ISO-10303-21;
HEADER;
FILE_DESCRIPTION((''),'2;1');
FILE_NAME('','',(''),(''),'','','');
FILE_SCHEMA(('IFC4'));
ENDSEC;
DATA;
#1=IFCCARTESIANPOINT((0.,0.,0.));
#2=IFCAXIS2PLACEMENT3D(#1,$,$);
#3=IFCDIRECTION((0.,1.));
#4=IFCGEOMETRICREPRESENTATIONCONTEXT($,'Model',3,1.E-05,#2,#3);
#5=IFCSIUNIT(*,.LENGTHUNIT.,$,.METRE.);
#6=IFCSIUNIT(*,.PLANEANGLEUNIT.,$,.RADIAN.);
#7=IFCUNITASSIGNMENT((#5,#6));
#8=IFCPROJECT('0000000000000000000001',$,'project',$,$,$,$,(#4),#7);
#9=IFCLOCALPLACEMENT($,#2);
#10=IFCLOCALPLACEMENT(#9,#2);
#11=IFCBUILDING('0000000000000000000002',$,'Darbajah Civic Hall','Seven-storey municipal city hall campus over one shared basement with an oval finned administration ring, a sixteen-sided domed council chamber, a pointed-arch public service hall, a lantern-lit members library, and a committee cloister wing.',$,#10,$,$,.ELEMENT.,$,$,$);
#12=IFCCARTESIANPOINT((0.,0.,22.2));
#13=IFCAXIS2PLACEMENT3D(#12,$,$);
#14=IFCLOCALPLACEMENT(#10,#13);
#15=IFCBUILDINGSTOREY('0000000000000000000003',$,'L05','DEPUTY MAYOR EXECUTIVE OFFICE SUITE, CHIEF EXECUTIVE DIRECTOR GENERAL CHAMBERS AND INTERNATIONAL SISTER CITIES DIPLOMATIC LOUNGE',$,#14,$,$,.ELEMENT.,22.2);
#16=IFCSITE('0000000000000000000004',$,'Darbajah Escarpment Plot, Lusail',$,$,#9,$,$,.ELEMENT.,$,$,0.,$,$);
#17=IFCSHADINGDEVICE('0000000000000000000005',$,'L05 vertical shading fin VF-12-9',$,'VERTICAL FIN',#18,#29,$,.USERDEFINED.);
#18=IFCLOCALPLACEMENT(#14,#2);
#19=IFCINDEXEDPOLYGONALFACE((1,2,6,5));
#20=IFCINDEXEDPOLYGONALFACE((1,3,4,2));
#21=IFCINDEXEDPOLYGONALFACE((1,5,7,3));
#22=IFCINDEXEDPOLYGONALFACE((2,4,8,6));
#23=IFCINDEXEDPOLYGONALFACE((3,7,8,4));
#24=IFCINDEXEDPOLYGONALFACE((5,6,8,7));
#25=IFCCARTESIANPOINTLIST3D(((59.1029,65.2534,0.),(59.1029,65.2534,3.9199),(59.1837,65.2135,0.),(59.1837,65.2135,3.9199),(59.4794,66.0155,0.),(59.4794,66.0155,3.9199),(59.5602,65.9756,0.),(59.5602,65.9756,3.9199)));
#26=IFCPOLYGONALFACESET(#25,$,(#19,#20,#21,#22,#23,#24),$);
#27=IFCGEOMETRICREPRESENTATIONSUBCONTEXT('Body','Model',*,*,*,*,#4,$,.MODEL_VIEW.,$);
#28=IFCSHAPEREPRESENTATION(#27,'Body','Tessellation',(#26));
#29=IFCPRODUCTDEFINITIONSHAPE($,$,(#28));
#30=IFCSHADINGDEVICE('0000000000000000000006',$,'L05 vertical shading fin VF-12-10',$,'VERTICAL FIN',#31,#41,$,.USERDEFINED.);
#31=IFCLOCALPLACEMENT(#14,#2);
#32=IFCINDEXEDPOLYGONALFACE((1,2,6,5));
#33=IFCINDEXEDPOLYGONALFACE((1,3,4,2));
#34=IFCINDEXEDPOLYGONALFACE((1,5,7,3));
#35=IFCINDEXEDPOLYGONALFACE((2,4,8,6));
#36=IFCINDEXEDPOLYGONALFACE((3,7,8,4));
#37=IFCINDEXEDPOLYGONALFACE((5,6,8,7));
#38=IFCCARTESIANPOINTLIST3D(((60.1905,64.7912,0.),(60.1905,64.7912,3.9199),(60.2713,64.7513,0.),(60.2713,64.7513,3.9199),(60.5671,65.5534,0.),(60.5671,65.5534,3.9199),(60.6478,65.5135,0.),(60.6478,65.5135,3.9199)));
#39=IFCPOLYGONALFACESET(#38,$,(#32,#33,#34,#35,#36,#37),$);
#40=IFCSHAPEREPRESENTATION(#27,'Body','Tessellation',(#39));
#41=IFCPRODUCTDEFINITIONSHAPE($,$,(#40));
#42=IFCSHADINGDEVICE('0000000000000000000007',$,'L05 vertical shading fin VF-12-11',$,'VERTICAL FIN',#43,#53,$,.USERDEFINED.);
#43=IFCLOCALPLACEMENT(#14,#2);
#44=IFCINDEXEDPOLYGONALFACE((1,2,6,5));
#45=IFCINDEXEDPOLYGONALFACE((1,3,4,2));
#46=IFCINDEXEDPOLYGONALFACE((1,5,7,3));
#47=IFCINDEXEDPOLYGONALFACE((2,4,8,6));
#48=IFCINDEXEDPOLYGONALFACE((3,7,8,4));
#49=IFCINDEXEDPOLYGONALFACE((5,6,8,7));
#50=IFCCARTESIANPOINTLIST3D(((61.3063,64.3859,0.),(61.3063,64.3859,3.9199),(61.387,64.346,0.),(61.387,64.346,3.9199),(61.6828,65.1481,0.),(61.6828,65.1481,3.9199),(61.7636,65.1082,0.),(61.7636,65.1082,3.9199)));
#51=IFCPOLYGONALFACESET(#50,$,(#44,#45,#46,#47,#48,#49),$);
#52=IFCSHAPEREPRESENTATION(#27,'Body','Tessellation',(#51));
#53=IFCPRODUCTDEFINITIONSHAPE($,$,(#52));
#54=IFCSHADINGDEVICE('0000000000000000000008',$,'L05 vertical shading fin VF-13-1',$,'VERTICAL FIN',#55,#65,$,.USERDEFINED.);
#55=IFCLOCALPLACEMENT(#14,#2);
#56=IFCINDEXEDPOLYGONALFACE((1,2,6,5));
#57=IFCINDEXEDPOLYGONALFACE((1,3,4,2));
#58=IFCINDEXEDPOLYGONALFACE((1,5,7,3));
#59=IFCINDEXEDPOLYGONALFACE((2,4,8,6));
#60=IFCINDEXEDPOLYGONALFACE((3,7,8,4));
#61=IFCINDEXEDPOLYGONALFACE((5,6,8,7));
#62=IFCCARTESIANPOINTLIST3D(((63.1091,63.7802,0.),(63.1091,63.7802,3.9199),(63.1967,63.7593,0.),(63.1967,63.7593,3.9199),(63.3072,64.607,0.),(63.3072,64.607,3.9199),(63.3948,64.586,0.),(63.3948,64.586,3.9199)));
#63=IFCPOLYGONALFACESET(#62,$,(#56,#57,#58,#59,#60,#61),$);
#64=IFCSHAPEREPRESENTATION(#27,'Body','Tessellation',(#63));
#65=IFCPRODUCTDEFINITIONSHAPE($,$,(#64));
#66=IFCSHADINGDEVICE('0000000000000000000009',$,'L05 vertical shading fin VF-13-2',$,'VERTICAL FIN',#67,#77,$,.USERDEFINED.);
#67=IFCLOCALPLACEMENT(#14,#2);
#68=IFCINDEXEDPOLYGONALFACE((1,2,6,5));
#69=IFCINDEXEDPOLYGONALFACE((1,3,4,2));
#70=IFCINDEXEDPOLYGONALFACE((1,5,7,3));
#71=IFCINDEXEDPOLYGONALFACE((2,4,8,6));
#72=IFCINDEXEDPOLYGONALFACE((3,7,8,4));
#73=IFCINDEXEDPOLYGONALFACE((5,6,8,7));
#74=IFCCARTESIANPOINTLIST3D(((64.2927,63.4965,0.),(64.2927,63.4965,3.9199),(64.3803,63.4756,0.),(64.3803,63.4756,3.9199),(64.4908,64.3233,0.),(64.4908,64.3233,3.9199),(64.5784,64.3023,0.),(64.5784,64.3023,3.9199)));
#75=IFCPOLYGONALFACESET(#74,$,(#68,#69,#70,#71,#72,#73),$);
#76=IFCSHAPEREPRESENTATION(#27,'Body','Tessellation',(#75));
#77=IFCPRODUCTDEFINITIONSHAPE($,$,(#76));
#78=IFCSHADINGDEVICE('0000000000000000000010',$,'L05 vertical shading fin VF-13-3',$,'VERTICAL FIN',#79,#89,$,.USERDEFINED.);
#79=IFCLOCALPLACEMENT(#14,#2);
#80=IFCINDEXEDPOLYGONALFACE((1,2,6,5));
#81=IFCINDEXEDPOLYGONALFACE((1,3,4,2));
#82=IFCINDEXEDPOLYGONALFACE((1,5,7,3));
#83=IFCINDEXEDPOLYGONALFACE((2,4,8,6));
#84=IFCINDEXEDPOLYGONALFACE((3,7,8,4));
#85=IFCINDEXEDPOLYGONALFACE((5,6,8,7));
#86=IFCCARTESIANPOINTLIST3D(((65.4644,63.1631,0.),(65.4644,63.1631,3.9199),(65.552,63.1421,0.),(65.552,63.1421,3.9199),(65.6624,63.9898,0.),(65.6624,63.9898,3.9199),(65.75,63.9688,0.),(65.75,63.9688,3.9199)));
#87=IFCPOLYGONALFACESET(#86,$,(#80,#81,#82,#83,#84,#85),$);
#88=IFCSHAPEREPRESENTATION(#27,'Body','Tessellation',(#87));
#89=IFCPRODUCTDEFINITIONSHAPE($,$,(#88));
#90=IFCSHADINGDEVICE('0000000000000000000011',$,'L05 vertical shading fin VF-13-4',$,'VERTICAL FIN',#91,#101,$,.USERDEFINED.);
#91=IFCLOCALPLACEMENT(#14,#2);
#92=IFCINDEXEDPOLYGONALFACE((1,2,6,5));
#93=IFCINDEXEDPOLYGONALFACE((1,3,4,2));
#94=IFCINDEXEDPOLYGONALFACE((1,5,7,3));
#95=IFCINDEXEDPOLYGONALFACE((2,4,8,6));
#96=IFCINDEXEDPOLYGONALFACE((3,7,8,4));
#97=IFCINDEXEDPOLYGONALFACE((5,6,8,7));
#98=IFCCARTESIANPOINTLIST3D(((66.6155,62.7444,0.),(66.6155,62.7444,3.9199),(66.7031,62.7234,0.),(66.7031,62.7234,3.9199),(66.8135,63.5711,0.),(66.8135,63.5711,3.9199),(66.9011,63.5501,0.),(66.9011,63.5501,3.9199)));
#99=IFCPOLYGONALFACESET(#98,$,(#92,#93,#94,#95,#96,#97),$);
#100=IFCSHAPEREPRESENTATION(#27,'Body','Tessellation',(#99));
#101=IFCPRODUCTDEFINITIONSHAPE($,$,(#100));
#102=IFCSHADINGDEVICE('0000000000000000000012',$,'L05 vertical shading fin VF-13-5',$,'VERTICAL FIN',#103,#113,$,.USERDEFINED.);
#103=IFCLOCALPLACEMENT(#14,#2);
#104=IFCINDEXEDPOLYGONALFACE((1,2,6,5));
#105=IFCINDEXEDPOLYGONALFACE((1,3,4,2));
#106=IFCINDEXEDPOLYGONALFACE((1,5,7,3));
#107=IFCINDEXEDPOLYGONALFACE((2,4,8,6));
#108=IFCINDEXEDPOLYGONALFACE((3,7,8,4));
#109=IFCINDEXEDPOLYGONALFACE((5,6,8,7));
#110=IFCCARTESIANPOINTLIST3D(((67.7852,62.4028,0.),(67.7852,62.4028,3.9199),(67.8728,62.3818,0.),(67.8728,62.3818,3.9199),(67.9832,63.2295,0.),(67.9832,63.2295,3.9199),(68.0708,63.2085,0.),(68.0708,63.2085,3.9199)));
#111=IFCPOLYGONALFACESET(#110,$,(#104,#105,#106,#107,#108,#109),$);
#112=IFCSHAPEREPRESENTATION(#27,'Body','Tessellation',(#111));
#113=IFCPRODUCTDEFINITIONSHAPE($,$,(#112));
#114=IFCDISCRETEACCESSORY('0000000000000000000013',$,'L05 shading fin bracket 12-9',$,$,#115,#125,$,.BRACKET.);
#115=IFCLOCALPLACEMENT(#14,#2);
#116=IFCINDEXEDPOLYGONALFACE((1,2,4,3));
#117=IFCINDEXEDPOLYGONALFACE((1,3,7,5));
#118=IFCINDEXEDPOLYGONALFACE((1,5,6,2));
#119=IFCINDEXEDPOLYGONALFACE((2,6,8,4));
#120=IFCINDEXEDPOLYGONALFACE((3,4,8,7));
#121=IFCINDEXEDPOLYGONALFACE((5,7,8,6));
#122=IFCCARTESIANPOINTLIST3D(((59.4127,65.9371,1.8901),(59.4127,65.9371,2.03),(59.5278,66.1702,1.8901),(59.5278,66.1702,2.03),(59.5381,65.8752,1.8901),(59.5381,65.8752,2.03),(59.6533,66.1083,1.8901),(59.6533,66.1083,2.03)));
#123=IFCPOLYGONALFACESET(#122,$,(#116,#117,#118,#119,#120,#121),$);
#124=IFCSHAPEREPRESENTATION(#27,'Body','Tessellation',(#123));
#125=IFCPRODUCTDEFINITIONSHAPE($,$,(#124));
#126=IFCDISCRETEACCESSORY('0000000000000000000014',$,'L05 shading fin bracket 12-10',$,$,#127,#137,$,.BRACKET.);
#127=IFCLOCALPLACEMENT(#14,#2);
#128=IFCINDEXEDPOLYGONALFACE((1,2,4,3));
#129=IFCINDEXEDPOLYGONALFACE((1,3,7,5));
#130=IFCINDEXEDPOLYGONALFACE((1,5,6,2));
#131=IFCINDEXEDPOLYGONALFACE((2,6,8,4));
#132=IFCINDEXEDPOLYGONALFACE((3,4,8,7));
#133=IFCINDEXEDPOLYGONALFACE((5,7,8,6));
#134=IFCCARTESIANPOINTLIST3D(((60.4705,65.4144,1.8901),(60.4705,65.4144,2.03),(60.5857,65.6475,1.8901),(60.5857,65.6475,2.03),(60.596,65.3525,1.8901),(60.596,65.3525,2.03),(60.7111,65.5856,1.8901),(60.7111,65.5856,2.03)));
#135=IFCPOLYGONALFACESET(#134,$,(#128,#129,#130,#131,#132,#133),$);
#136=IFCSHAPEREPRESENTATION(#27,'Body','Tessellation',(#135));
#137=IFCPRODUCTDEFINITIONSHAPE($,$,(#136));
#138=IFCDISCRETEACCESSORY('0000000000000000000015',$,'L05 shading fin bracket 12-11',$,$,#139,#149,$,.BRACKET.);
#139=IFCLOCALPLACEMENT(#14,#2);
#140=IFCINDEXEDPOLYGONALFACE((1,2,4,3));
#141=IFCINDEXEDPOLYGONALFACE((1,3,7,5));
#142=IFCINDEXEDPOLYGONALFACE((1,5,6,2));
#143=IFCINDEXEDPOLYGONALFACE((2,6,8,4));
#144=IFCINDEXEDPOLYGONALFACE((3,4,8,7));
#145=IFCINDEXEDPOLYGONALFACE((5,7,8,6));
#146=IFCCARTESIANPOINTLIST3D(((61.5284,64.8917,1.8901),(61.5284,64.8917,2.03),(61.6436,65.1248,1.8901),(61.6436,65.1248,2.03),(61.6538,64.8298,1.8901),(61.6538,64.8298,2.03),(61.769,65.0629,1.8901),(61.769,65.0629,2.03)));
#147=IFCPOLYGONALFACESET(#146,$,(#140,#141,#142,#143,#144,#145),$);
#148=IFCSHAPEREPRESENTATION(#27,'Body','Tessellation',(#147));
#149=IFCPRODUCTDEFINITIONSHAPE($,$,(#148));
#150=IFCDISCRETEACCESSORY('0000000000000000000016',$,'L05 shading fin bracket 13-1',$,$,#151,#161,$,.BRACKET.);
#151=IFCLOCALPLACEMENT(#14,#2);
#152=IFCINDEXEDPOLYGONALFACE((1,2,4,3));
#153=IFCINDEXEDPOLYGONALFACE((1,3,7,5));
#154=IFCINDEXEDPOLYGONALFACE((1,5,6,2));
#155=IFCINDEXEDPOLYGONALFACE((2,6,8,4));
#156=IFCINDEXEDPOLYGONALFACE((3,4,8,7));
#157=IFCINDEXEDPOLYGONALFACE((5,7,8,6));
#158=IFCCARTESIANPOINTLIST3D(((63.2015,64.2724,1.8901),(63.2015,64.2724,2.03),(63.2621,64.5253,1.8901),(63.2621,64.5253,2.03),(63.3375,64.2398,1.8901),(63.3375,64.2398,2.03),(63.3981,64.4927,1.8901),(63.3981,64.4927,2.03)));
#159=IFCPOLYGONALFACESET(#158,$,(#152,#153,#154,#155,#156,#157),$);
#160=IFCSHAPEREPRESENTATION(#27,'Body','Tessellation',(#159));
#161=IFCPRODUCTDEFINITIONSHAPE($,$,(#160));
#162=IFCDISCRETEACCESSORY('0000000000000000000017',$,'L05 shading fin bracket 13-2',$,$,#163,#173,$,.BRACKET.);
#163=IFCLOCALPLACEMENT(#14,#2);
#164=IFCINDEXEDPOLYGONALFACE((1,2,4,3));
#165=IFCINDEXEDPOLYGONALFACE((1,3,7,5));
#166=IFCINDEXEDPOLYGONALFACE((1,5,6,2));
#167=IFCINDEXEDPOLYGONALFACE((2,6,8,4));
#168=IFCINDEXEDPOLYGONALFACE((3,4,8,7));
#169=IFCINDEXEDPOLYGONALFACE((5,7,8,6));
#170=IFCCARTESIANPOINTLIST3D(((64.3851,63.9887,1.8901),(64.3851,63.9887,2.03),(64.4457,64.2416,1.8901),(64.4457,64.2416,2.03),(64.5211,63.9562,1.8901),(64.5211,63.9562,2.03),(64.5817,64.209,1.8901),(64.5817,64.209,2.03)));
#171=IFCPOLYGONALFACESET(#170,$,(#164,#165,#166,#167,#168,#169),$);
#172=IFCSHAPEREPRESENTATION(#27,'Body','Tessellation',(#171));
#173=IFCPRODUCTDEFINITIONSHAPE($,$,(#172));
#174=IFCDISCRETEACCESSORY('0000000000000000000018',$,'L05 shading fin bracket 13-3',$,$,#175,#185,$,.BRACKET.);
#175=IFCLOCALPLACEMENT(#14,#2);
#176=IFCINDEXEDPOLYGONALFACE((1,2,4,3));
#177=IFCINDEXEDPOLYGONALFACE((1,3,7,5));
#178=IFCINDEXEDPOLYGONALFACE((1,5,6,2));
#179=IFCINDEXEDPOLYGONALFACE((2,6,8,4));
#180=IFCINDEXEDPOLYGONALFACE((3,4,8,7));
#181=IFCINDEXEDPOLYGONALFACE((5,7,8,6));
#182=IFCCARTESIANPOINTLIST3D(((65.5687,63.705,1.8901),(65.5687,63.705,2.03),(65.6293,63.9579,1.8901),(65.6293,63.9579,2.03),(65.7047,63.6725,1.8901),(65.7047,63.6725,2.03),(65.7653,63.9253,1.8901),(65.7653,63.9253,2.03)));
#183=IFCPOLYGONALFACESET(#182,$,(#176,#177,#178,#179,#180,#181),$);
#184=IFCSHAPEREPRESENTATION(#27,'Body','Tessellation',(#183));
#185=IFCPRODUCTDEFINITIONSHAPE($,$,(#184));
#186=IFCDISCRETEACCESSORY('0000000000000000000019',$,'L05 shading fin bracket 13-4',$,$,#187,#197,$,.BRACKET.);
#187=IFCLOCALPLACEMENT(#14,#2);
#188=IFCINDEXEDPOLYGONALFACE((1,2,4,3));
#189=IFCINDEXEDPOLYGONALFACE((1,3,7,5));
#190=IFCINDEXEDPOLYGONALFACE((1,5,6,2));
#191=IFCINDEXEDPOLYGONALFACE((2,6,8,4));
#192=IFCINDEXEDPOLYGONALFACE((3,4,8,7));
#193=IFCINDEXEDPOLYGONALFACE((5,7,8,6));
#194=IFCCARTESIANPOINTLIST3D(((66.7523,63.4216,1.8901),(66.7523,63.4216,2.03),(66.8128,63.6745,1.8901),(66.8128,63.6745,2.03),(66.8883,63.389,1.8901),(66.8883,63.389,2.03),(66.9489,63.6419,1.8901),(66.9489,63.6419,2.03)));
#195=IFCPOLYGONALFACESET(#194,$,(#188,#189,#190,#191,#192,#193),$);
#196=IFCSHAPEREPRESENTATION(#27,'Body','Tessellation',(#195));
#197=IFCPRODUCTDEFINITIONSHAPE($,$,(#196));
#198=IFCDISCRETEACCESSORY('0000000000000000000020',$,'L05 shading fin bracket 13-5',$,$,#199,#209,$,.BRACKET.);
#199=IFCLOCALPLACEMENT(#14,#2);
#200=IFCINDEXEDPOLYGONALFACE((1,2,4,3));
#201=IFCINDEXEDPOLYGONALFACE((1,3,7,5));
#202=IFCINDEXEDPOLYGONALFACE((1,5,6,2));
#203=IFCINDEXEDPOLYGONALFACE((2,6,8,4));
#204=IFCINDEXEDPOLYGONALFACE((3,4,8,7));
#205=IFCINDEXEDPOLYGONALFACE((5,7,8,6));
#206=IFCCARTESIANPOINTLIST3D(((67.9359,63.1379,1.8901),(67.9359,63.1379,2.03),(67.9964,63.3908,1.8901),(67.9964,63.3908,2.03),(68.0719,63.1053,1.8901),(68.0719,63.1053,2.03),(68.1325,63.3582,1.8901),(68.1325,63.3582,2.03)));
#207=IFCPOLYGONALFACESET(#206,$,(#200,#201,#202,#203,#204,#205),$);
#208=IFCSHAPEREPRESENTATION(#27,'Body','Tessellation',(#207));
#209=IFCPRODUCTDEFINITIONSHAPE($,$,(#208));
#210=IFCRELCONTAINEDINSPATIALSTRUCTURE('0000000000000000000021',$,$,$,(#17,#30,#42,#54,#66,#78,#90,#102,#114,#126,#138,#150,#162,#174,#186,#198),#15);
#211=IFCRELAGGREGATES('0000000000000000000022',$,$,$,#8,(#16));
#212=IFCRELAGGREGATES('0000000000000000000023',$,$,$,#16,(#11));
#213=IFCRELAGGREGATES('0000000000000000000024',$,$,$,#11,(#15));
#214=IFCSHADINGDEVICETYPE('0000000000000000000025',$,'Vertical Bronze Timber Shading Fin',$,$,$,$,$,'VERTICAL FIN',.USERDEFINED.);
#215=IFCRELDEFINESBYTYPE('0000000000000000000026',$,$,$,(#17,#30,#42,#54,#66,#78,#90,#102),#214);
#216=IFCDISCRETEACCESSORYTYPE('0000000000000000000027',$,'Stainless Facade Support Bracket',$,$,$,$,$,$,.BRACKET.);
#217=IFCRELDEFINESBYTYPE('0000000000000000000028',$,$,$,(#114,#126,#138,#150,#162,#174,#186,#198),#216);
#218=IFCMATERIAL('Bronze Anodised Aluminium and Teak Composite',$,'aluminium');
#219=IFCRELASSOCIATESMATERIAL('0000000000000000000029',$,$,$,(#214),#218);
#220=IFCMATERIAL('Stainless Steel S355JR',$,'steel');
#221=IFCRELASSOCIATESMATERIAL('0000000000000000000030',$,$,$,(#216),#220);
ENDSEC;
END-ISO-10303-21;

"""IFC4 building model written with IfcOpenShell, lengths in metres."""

from ifc_helpers import new_model, si_unit, direction, frame, origin, origin_2d, place, context, subcontext, project, spatial, rectangle, extrude, material, type_object, element, save


model = new_model("IFC4")

# Units and contexts
model_context = context("Model", 3, precision=1e-05, world=origin(), true_north=direction((0.0, 1.0)))
body_context = subcontext(model_context, "Body", "Model", "MODEL_VIEW")
ifc_project = project(units=[si_unit("LENGTHUNIT", "METRE"), si_unit("PLANEANGLEUNIT", "RADIAN")], contexts=[model_context])

# Site, building, storey
site_placement = place(None, origin())
site = spatial("IfcSite", under=ifc_project, at=site_placement, Name="Darbajah Escarpment Plot, Lusail", CompositionType="ELEMENT", RefElevation=0.0)
building_placement = place(site_placement, origin())
building = spatial("IfcBuilding", under=site, at=building_placement, Name="Darbajah Civic Hall", Description="Seven-storey municipal city hall campus over one shared basement with an oval finned administration ring, a sixteen-sided domed council chamber, a pointed-arch public service hall, a lantern-lit members library, and a committee cloister wing.", CompositionType="ELEMENT")
storey_placement = place(building_placement, frame((0.0, 0.0, 22.2)))
storey = spatial("IfcBuildingStorey", under=building, at=storey_placement, Name="L05", Description="DEPUTY MAYOR EXECUTIVE OFFICE SUITE, CHIEF EXECUTIVE DIRECTOR GENERAL CHAMBERS AND INTERNATIONAL SISTER CITIES DIPLOMATIC LOUNGE", CompositionType="ELEMENT", Elevation=22.2)

# Shading devices
ifc_material_1 = material(Name="Bronze Anodised Aluminium and Teak Composite", Category="aluminium")
shading_device_type = type_object("IfcShadingDeviceType", Name="Vertical Bronze Timber Shading Fin", ElementType="VERTICAL FIN", PredefinedType="USERDEFINED", material=ifc_material_1)
for number, where, z_axis, x_axis, name in (
    (1, (59.3315, 65.6145, 0.0), (0.0, 0.0, 1.0), (-0.442915, -0.896564, 0.0), "L05 vertical shading fin VF-12-9"),
    (2, (60.4192, 65.1523, 0.0), (0.0, 0.0, 1.0), (-0.442915, -0.896564, 0.0), "L05 vertical shading fin VF-12-10"),
    (3, (61.5349, 64.7471, 0.0), (0.0, 0.0, 1.0), (-0.442915, -0.896564, 0.0), "L05 vertical shading fin VF-12-11"),
    (4, (63.252, 64.1831, 0.0), (0.0, 0.0, 1.0), (-0.232936, -0.972492, 0.0), "L05 vertical shading fin VF-13-1"),
    (5, (64.4355, 63.8994, 0.0), (0.0, 0.0, 1.0), (-0.232936, -0.972492, 0.0), "L05 vertical shading fin VF-13-2"),
    (6, (65.6072, 63.5659, 0.0), (0.0, 0.0, 1.0), (-0.232936, -0.972492, 0.0), "L05 vertical shading fin VF-13-3"),
    (7, (66.7583, 63.1472, 0.0), (0.0, 0.0, 1.0), (-0.232936, -0.972492, 0.0), "L05 vertical shading fin VF-13-4"),
    (8, (67.928, 62.8057, 0.0), (0.0, 0.0, 1.0), (-0.232936, -0.972492, 0.0), "L05 vertical shading fin VF-13-5"),
):
    element("IfcShadingDevice", number, at=place(storey_placement, frame(where, z_axis=z_axis, x_axis=x_axis)), inside=storey, type_object=shading_device_type, Name=name, ObjectType="VERTICAL FIN", PredefinedType="USERDEFINED", context=body_context, shape_type="SweptSolid", body=[
        extrude(rectangle(XDim=0.8501, YDim=0.0901, at=origin_2d()), origin(), (0.0, 0.0, 1.0), 3.9199),
    ])

# Discrete accessories
ifc_material_2 = material(Name="Stainless Steel S355JR", Category="steel")
discrete_accessory_type = type_object("IfcDiscreteAccessoryType", Name="Stainless Facade Support Bracket", PredefinedType="BRACKET", material=ifc_material_2)
for number, where, z_axis, x_axis, name in (
    (9, (59.533, 66.0227, 1.8901), (0.0, 0.0, 1.0), (-0.442915, -0.896564, 0.0), "L05 shading fin bracket 12-9"),
    (10, (60.5908, 65.5, 1.8901), (0.0, 0.0, 1.0), (-0.442915, -0.896564, 0.0), "L05 shading fin bracket 12-10"),
    (11, (61.6487, 64.9773, 1.8901), (0.0, 0.0, 1.0), (-0.442915, -0.896564, 0.0), "L05 shading fin bracket 12-11"),
    (12, (63.2998, 64.3826, 1.8901), (0.0, 0.0, 1.0), (-0.232936, -0.972492, 0.0), "L05 shading fin bracket 13-1"),
    (13, (64.4834, 64.0989, 1.8901), (0.0, 0.0, 1.0), (-0.232936, -0.972492, 0.0), "L05 shading fin bracket 13-2"),
    (14, (65.667, 63.8152, 1.8901), (0.0, 0.0, 1.0), (-0.232936, -0.972492, 0.0), "L05 shading fin bracket 13-3"),
    (15, (66.8506, 63.5317, 1.8901), (0.0, 0.0, 1.0), (-0.232936, -0.972492, 0.0), "L05 shading fin bracket 13-4"),
    (16, (68.0342, 63.248, 1.8901), (0.0, 0.0, 1.0), (-0.232936, -0.972492, 0.0), "L05 shading fin bracket 13-5"),
):
    element("IfcDiscreteAccessory", number, at=place(storey_placement, frame(where, z_axis=z_axis, x_axis=x_axis)), inside=storey, type_object=discrete_accessory_type, Name=name, PredefinedType="BRACKET", context=body_context, shape_type="SweptSolid", body=[
        extrude(rectangle(XDim=0.26, YDim=0.1399, at=origin_2d()), origin(), (0.0, 0.0, 1.0), 0.1399),
    ])

save(model, "model.ifc")
